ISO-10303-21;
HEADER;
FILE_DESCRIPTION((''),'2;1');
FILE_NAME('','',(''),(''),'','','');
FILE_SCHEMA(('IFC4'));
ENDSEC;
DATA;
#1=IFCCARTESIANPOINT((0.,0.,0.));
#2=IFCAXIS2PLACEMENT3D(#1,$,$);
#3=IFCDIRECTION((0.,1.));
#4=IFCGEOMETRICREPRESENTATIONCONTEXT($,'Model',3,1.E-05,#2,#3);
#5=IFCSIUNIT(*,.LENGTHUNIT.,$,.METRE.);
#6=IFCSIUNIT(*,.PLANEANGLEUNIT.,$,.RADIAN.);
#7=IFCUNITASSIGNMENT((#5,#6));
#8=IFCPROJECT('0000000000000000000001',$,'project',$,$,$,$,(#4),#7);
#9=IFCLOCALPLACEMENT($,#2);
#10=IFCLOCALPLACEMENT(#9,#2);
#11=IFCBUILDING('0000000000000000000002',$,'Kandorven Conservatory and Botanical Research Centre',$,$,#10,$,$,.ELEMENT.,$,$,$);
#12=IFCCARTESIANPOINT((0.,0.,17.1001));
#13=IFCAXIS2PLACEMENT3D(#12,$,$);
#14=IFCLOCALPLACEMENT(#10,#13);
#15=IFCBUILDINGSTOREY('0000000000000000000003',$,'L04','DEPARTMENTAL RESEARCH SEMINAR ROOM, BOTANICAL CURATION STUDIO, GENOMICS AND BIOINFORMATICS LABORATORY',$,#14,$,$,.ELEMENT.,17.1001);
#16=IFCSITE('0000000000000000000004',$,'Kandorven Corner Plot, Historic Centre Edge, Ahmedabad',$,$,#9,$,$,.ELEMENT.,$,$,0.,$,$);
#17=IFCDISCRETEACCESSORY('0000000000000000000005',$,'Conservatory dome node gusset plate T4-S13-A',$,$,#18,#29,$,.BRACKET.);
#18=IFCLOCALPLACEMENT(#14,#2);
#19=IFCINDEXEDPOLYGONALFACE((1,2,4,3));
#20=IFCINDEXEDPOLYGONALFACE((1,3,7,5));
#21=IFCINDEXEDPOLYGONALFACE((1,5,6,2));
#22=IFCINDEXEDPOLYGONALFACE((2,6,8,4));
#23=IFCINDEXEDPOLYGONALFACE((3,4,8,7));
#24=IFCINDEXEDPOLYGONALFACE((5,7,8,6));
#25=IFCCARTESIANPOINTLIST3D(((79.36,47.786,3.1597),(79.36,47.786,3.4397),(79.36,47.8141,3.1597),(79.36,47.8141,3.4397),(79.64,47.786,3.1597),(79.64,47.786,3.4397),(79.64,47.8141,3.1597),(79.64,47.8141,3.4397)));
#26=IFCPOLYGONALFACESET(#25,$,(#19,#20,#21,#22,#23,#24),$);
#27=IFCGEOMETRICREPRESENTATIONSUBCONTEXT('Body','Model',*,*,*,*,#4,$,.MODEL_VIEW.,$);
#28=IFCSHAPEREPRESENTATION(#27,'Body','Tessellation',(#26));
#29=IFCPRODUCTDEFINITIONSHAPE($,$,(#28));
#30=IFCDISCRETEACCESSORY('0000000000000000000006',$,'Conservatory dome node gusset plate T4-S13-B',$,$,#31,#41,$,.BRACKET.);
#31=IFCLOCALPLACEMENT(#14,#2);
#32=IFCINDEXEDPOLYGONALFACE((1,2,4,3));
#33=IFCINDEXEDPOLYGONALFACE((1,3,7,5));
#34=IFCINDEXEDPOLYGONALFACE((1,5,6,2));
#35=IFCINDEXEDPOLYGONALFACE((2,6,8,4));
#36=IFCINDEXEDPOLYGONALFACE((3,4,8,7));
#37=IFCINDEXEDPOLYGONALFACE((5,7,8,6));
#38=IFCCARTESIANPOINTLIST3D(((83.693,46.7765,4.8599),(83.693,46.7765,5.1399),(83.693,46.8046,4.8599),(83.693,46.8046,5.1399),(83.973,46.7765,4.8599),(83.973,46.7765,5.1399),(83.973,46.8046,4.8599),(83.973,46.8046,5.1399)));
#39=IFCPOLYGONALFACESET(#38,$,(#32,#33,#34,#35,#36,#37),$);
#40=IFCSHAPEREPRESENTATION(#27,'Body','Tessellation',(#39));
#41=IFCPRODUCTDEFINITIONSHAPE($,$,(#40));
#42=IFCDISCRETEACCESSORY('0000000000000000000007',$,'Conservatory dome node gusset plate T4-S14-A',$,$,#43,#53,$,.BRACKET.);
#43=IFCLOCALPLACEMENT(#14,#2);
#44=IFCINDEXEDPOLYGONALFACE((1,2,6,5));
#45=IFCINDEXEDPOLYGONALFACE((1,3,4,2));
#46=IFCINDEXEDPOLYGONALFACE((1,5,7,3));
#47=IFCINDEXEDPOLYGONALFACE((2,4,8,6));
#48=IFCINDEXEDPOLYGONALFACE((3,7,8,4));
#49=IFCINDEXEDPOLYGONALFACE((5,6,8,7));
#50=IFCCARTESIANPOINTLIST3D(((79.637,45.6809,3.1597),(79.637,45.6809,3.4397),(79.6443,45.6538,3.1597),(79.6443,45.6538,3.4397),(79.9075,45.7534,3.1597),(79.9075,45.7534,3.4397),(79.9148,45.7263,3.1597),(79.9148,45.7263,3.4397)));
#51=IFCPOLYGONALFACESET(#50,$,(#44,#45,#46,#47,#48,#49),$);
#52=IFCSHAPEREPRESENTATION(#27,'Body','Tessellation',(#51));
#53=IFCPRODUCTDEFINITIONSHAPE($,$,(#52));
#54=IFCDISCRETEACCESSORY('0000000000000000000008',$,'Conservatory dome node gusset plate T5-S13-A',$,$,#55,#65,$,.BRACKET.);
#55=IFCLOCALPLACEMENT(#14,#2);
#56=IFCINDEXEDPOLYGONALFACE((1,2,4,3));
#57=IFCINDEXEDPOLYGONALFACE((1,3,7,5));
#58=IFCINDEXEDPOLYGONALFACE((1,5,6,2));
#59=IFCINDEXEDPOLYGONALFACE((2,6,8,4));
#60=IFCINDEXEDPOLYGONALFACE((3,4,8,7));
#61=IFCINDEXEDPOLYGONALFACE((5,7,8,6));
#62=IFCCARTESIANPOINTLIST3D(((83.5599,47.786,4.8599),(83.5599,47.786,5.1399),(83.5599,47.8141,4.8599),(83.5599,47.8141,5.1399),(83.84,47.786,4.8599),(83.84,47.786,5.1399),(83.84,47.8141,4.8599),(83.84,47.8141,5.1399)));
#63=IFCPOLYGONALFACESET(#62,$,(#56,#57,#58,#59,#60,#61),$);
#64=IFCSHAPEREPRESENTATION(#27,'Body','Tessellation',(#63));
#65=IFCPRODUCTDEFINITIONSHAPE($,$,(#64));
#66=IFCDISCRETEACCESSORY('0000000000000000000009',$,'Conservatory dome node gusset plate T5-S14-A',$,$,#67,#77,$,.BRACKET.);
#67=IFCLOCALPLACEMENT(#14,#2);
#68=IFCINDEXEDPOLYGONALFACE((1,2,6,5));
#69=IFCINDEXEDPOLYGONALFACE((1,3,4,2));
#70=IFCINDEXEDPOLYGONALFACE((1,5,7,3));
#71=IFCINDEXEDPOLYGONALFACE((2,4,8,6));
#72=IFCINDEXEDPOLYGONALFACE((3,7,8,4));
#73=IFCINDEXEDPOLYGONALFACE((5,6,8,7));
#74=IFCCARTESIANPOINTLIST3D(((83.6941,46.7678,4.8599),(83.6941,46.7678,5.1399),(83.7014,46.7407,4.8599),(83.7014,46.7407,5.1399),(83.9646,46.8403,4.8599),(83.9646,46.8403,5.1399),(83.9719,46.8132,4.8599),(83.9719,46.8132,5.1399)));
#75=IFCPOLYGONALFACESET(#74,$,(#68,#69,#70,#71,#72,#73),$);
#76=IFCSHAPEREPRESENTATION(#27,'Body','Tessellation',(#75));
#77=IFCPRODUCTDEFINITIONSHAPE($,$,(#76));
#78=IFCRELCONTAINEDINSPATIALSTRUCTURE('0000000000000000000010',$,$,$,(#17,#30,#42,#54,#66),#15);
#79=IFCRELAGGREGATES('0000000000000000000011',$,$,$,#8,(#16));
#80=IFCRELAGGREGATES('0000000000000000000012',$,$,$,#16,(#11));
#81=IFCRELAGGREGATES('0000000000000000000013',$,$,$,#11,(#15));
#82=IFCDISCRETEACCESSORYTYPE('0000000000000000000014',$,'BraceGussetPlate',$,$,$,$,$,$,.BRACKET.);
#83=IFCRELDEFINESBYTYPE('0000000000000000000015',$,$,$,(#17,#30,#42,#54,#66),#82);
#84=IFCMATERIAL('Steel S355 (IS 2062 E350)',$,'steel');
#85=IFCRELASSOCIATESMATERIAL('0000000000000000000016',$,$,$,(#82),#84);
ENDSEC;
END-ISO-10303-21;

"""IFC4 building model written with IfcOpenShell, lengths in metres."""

from ifc_helpers import new_model, si_unit, direction, frame, origin, origin_2d, place, context, subcontext, project, spatial, rectangle, extrude, material, type_object, element, save


model = new_model("IFC4")

# Units and contexts
model_context = context("Model", 3, precision=1e-05, world=origin(), true_north=direction((0.0, 1.0)))
body_context = subcontext(model_context, "Body", "Model", "MODEL_VIEW")
ifc_project = project(units=[si_unit("LENGTHUNIT", "METRE"), si_unit("PLANEANGLEUNIT", "RADIAN")], contexts=[model_context])

# Site, building, storey
site_placement = place(None, origin())
site = spatial("IfcSite", under=ifc_project, at=site_placement, Name="Kandorven Corner Plot, Historic Centre Edge, Ahmedabad", CompositionType="ELEMENT", RefElevation=0.0)
building_placement = place(site_placement, origin())
building = spatial("IfcBuilding", under=site, at=building_placement, Name="Kandorven Conservatory and Botanical Research Centre", CompositionType="ELEMENT")
storey_placement = place(building_placement, frame((0.0, 0.0, 17.1001)))
storey = spatial("IfcBuildingStorey", under=building, at=storey_placement, Name="L04", Description="DEPARTMENTAL RESEARCH SEMINAR ROOM, BOTANICAL CURATION STUDIO, GENOMICS AND BIOINFORMATICS LABORATORY", CompositionType="ELEMENT", Elevation=17.1001)

# Discrete accessories
ifc_material_1 = material(Name="Steel S355 (IS 2062 E350)", Category="steel")
discrete_accessory_type = type_object("IfcDiscreteAccessoryType", Name="BraceGussetPlate", PredefinedType="BRACKET", material=ifc_material_1)
for number, where, z_axis, x_axis, name in (
    (1, (79.5, 47.8, 3.1597), (0.0, 0.0, 1.0), (-1.0, 0.0, 0.0), "Conservatory dome node gusset plate T4-S13-A"),
    (2, (83.833, 46.7905, 4.8599), (0.0, 0.0, 1.0), (-1.0, 0.0, 0.0), "Conservatory dome node gusset plate T4-S13-B"),
    (3, (79.7759, 45.7036, 3.1597), (0.0, 0.0, 1.0), (-0.965926, -0.258819, 0.0), "Conservatory dome node gusset plate T4-S14-A"),
    (4, (83.7, 47.8, 4.8599), (0.0, 0.0, 1.0), (-1.0, 0.0, 0.0), "Conservatory dome node gusset plate T5-S13-A"),
    (5, (83.833, 46.7905, 4.8599), (0.0, 0.0, 1.0), (-0.965926, -0.258819, 0.0), "Conservatory dome node gusset plate T5-S14-A"),
):
    element("IfcDiscreteAccessory", number, at=place(storey_placement, frame(where, z_axis=z_axis, x_axis=x_axis)), inside=storey, type_object=discrete_accessory_type, Name=name, PredefinedType="BRACKET", context=body_context, shape_type="SweptSolid", body=[
        extrude(rectangle(XDim=0.28, YDim=0.0281, at=origin_2d()), origin(), (0.0, 0.0, 1.0), 0.28),
    ])

save(model, "model.ifc")
